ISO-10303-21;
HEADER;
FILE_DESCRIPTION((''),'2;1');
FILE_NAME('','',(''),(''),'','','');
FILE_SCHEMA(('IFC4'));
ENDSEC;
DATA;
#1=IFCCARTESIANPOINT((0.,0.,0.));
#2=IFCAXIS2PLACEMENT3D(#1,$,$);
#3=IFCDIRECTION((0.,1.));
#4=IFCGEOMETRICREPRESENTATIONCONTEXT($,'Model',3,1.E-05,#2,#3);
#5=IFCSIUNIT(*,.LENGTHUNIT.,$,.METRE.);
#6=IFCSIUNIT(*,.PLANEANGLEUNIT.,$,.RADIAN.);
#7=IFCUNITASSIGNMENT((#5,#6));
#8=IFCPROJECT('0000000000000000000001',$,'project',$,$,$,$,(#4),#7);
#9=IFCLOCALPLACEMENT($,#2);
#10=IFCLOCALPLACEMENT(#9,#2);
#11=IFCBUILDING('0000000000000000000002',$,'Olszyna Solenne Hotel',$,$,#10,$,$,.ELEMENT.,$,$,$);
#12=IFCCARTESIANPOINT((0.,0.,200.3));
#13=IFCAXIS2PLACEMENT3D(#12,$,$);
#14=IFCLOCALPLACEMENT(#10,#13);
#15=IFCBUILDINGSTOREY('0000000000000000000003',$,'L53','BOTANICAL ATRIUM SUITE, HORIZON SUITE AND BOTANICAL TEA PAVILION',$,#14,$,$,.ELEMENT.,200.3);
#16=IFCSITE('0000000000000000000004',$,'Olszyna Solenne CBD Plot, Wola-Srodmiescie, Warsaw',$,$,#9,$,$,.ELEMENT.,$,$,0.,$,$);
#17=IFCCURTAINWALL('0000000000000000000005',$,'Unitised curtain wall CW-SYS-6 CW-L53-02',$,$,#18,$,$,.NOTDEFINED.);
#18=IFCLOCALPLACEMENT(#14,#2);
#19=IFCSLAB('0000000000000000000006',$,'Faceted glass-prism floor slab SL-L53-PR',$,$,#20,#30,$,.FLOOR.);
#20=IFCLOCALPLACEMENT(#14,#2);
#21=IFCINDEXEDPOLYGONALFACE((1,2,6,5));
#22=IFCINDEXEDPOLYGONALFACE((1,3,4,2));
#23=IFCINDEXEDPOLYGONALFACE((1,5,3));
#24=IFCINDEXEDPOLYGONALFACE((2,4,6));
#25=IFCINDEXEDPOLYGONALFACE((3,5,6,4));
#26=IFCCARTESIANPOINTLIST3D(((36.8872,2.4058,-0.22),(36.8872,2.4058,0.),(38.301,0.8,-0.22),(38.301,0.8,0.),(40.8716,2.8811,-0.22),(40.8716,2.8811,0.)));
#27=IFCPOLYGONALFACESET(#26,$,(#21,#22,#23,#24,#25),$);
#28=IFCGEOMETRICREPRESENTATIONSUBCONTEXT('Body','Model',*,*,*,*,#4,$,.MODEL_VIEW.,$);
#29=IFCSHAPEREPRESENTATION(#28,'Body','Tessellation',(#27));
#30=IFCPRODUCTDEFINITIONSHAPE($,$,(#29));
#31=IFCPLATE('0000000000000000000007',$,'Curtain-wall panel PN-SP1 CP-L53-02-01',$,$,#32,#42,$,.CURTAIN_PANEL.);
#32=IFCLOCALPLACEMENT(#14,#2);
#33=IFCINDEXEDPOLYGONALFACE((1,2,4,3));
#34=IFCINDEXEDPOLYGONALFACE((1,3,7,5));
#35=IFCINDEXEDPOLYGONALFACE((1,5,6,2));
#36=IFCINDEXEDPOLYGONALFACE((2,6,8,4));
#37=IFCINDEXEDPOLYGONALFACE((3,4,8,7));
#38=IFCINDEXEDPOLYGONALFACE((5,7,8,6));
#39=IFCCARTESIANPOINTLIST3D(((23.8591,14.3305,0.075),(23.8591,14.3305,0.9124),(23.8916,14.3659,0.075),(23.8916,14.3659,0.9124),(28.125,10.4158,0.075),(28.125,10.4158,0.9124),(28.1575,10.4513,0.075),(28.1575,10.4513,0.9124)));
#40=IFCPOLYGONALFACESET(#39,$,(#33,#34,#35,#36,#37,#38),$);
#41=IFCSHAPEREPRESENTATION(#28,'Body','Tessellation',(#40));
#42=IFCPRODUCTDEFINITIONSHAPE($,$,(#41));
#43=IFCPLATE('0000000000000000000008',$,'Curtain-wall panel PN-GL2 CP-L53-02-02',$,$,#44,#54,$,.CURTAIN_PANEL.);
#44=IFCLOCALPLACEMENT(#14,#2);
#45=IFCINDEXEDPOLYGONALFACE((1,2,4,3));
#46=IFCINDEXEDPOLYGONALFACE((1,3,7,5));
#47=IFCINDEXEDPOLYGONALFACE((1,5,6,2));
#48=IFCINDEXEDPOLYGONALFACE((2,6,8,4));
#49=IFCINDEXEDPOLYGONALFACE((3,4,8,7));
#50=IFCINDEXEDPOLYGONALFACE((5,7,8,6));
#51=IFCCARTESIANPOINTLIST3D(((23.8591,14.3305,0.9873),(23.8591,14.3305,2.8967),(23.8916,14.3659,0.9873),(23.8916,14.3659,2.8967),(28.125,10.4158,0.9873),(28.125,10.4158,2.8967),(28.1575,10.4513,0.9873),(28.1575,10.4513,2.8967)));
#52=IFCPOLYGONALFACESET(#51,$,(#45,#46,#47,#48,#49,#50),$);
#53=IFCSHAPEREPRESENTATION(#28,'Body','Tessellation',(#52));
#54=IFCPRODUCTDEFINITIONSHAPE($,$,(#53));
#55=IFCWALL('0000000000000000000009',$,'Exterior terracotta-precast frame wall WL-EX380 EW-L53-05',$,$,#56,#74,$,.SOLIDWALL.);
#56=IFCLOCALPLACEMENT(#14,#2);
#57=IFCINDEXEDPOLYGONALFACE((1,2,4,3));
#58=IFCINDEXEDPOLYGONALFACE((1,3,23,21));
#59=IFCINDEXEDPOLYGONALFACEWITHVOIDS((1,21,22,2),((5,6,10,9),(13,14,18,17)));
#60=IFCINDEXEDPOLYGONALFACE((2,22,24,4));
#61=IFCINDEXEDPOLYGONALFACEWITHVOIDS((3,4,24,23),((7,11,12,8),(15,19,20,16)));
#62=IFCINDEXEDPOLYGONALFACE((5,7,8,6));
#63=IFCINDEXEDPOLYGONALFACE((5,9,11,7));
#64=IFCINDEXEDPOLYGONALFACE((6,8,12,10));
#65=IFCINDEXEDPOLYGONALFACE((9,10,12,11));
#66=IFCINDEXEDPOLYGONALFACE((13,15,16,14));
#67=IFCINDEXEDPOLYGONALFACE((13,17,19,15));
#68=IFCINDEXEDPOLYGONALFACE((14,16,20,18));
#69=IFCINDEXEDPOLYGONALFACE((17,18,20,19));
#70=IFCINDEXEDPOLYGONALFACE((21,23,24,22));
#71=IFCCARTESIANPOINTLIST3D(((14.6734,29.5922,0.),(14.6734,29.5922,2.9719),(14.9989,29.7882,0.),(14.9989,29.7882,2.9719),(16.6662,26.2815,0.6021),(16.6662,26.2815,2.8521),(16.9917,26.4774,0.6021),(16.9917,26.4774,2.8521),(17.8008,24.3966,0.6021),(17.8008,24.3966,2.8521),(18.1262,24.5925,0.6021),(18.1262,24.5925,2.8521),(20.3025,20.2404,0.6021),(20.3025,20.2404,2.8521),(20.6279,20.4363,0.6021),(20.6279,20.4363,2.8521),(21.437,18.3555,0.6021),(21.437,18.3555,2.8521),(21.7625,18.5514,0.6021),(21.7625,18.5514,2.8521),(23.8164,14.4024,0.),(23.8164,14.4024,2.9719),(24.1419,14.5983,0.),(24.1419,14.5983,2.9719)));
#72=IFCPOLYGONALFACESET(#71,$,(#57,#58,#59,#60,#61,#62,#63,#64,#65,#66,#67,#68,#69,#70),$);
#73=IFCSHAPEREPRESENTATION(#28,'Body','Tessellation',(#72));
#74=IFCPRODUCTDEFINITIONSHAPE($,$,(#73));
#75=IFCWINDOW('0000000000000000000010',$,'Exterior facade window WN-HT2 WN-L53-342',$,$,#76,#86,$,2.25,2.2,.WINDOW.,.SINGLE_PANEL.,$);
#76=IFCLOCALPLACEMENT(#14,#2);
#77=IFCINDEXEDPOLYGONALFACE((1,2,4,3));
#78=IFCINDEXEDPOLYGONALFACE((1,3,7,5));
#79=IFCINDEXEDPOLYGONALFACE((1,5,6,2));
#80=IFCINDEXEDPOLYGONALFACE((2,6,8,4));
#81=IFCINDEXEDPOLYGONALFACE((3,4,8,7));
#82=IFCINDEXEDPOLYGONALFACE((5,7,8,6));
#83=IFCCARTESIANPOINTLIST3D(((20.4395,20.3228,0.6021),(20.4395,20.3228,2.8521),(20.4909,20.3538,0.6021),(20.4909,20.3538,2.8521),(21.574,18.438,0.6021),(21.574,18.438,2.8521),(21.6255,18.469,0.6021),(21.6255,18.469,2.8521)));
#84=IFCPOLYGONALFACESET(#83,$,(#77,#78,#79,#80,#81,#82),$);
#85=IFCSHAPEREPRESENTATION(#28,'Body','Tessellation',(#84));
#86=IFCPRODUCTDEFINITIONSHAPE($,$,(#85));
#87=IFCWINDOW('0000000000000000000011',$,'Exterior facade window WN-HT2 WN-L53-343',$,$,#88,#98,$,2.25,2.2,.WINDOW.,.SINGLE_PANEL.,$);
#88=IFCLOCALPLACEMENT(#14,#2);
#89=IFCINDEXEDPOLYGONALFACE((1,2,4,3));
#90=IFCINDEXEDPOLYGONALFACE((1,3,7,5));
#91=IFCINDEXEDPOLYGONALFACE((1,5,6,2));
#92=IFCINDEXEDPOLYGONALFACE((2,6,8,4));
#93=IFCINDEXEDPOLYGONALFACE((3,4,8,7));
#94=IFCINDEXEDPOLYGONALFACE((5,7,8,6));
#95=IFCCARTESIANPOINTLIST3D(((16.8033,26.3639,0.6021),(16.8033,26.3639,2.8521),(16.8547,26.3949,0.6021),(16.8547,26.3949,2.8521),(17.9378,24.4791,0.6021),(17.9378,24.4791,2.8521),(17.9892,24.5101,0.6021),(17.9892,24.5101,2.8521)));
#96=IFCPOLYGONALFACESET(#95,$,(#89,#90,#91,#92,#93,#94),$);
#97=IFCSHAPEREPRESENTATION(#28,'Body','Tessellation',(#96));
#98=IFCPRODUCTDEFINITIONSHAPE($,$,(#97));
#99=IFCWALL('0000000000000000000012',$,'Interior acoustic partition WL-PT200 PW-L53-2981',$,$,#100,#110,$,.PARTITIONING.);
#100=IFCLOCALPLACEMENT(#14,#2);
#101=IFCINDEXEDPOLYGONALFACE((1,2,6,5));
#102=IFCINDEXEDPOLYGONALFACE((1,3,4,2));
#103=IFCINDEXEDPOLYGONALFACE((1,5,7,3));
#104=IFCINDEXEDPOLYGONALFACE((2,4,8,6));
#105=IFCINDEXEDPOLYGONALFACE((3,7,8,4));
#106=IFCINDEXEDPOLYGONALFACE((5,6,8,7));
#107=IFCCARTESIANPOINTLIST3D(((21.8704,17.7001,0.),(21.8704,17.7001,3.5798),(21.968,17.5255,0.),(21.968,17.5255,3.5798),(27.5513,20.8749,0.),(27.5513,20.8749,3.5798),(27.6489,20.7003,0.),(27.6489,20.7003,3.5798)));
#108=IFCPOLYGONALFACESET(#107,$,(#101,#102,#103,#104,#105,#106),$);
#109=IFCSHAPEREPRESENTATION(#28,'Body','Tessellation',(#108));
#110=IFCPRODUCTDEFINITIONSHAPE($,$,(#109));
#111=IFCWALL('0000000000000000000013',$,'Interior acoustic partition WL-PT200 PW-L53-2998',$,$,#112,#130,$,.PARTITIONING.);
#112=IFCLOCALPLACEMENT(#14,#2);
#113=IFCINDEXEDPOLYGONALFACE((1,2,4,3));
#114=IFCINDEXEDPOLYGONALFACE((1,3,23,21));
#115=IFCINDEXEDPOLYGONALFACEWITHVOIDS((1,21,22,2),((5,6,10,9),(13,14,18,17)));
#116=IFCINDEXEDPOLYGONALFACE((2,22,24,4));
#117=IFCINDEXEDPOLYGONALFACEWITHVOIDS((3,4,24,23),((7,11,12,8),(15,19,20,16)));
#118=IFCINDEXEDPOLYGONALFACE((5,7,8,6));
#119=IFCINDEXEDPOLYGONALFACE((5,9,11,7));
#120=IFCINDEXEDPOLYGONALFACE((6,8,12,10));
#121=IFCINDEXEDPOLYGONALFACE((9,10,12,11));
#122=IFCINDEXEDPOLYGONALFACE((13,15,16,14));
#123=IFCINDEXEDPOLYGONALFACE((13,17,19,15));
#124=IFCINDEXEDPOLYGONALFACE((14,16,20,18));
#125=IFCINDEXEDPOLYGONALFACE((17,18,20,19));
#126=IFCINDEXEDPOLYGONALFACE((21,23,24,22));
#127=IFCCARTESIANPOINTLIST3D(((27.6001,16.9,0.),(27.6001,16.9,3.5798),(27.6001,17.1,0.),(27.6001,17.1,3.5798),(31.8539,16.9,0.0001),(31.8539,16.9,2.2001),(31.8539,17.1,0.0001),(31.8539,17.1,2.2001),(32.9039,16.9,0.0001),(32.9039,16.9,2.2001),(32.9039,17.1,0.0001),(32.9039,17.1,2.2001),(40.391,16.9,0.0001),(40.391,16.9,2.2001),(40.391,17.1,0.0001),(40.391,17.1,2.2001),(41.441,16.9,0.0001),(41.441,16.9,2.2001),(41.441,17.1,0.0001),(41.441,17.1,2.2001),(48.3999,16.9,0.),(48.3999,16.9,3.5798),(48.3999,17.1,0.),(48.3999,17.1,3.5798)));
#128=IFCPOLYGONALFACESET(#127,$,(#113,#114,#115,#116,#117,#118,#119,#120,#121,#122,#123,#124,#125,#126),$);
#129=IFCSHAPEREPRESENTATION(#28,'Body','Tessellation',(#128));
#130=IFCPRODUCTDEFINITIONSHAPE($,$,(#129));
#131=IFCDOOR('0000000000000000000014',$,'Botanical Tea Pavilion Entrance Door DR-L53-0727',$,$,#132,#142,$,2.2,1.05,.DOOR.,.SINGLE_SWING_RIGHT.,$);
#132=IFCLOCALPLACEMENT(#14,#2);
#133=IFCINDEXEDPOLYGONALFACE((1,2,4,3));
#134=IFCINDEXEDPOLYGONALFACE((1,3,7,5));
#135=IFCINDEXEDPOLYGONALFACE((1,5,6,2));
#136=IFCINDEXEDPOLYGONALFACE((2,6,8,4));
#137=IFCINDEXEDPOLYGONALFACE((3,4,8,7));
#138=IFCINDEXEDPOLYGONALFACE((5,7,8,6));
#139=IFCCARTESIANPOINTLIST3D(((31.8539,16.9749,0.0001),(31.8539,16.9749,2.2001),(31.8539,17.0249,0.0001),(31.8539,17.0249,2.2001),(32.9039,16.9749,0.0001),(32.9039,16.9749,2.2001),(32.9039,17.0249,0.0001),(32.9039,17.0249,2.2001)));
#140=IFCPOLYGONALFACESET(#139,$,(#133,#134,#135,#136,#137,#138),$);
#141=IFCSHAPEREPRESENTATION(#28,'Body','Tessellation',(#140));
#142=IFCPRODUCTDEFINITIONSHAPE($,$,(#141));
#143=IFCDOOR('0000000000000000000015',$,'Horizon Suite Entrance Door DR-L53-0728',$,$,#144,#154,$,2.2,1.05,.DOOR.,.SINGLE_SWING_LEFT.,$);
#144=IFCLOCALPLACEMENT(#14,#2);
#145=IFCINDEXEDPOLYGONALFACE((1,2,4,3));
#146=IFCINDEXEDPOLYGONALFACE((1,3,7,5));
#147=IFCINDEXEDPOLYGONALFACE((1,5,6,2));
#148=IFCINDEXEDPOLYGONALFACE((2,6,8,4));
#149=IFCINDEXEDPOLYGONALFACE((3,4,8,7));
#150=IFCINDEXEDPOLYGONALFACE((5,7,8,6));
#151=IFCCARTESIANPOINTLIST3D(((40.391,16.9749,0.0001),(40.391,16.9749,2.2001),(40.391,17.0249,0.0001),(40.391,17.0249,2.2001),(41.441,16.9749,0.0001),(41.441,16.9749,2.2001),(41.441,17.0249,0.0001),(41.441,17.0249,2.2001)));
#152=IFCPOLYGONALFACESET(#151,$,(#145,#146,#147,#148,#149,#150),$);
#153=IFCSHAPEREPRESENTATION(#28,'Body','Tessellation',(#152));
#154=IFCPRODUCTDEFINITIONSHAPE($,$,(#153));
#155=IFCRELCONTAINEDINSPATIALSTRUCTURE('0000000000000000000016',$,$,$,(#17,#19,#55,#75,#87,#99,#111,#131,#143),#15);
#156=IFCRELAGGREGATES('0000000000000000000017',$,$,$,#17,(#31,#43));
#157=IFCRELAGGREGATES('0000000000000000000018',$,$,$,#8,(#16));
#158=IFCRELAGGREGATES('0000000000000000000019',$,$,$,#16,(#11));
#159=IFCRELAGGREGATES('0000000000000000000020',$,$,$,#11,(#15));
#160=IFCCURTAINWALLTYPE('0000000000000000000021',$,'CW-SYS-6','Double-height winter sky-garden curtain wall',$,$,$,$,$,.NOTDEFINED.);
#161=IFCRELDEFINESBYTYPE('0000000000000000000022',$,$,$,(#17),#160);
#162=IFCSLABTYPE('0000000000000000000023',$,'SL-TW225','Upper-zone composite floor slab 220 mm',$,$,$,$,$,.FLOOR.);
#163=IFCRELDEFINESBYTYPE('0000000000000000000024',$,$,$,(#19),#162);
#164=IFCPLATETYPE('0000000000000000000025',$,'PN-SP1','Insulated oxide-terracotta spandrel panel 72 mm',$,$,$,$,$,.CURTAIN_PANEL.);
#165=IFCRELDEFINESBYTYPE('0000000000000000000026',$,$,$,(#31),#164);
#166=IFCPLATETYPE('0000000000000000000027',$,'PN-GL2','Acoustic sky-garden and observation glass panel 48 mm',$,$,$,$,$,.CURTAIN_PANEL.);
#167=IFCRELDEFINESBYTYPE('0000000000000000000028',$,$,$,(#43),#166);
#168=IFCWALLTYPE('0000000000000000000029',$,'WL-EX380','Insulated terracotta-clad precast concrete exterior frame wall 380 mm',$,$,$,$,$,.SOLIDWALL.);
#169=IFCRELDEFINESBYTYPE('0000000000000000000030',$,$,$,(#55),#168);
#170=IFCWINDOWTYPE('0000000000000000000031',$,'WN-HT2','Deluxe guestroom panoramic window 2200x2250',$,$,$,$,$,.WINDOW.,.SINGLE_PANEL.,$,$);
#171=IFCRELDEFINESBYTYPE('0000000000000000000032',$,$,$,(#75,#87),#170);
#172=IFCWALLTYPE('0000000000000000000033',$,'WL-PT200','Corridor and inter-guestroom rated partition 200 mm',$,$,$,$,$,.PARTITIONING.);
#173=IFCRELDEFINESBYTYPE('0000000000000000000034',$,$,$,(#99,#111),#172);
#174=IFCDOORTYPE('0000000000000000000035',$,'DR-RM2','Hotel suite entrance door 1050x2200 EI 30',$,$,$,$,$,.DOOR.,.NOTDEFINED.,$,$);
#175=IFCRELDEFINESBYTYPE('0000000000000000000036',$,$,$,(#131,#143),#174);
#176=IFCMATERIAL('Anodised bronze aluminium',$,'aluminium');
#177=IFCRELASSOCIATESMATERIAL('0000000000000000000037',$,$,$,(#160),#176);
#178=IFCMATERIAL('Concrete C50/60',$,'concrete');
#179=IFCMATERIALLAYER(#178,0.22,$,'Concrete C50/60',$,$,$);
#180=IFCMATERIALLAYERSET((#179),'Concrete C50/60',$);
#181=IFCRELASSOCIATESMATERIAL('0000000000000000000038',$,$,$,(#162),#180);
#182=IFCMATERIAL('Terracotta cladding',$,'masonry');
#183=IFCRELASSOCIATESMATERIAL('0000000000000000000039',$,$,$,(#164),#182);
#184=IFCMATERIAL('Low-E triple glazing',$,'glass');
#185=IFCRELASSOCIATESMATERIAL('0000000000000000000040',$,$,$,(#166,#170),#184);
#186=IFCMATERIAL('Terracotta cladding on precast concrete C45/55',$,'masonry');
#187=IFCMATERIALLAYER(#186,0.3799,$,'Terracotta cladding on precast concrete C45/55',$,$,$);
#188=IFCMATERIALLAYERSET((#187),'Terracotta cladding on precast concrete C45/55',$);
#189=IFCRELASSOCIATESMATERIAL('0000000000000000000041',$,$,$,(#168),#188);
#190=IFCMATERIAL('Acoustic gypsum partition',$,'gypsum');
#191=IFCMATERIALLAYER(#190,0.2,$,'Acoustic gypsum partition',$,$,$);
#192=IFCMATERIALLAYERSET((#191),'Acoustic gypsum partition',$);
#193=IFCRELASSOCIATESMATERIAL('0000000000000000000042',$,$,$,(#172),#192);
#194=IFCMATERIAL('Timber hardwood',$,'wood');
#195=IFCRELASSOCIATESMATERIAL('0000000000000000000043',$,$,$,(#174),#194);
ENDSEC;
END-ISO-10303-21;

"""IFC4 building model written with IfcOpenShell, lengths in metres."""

from ifc_helpers import new_model, si_unit, direction, frame, frame_2d, origin, origin_2d, place, context, subcontext, project, spatial, polyline, rectangle, outline, extrude, source, transform, mapped, material, layer, layer_set, type_object, type_shapes, element, fill, aggregate, save


model = new_model("IFC4")

# Units and contexts
model_context = context("Model", 3, precision=1e-05, world=origin(), true_north=direction((0.0, 1.0)))
body_context = subcontext(model_context, "Body", "Model", "MODEL_VIEW")
ifc_project = project(units=[si_unit("LENGTHUNIT", "METRE"), si_unit("PLANEANGLEUNIT", "RADIAN")], contexts=[model_context])

# Site, building, storey
site_placement = place(None, origin())
site = spatial("IfcSite", under=ifc_project, at=site_placement, Name="Olszyna Solenne CBD Plot, Wola-Srodmiescie, Warsaw", CompositionType="ELEMENT", RefElevation=0.0)
building_placement = place(site_placement, origin())
building = spatial("IfcBuilding", under=site, at=building_placement, Name="Olszyna Solenne Hotel", CompositionType="ELEMENT")
storey_placement = place(building_placement, frame((0.0, 0.0, 200.3)))
storey = spatial("IfcBuildingStorey", under=building, at=storey_placement, Name="L53", Description="BOTANICAL ATRIUM SUITE, HORIZON SUITE AND BOTANICAL TEA PAVILION", CompositionType="ELEMENT", Elevation=200.3)

# Curtain wall
ifc_material_1 = material(Name="Anodised bronze aluminium", Category="aluminium")
curtain_wall_type = type_object("IfcCurtainWallType", Name="CW-SYS-6", Description="Double-height winter sky-garden curtain wall", PredefinedType="NOTDEFINED", material=ifc_material_1)
curtain_wall_placement = place(storey_placement, origin())
curtain_wall = element("IfcCurtainWall", 1, at=curtain_wall_placement, inside=storey, type_object=curtain_wall_type, Name="Unitised curtain wall CW-SYS-6 CW-L53-02", PredefinedType="NOTDEFINED")

# Slab
ifc_material_2 = material(Name="Concrete C50/60", Category="concrete")
ifc_layer_1 = layer(ifc_material_2, 0.22, Name="Concrete C50/60")
ifc_layer_set_1 = layer_set([ifc_layer_1], Name="Concrete C50/60")
slab_type_1 = type_object("IfcSlabType", Name="SL-TW225", Description="Upper-zone composite floor slab 220 mm", PredefinedType="FLOOR", material=ifc_layer_set_1)
slab_1_placement = place(storey_placement, frame((0.0, 0.0, -0.22)))
element("IfcSlab", 2, at=slab_1_placement, inside=storey, type_object=slab_type_1, Name="Faceted glass-prism floor slab SL-L53-PR", PredefinedType="FLOOR", context=body_context, shape_type="SweptSolid", body=[
    extrude(outline(polyline([(40.8716, 2.8811), (36.8872, 2.4058), (38.301, 0.8), (40.8716, 2.8811)])), origin(), (0.0, 0.0, 1.0), 0.22),
])

# Plates
ifc_material_3 = material(Name="Terracotta cladding", Category="masonry")
plate_type_1 = type_object("IfcPlateType", Name="PN-SP1", Description="Insulated oxide-terracotta spandrel panel 72 mm", PredefinedType="CURTAIN_PANEL", material=ifc_material_3)
shared_shape_1 = source(origin(), body_context, "Body", "SweptSolid", [
    extrude(rectangle(XDim=5.7898, YDim=0.0481, at=origin_2d()), origin(), (0.0, 0.0, 1.0), 0.8374),
])
plate_1_placement = place(storey_placement, frame((26.0083, 12.3909, 0.075), z_axis=(0.0, 0.0, 1.0), x_axis=(0.736784, -0.676128, 0.0)))
plate_1 = element("IfcPlate", 3, at=plate_1_placement, type_object=plate_type_1, Name="Curtain-wall panel PN-SP1 CP-L53-02-01", PredefinedType="CURTAIN_PANEL", context=body_context, shape_type="MappedRepresentation", body=[
    mapped(shared_shape_1, transform((0.0, 0.0, 0.0), x_axis=(1.0, 0.0, 0.0), y_axis=(0.0, 1.0, 0.0), z_axis=(0.0, 0.0, 1.0), scale=1.0)),
])
ifc_material_4 = material(Name="Low-E triple glazing", Category="glass")
plate_type_2 = type_object("IfcPlateType", Name="PN-GL2", Description="Acoustic sky-garden and observation glass panel 48 mm", PredefinedType="CURTAIN_PANEL", material=ifc_material_4)
shared_shape_2 = source(origin(), body_context, "Body", "SweptSolid", [
    extrude(rectangle(XDim=5.7898, YDim=0.0481, at=origin_2d()), origin(), (0.0, 0.0, 1.0), 1.9094),
])
plate_2_placement = place(storey_placement, frame((26.0083, 12.3909, 0.9873), z_axis=(0.0, 0.0, 1.0), x_axis=(0.736784, -0.676128, 0.0)))
plate_2 = element("IfcPlate", 4, at=plate_2_placement, type_object=plate_type_2, Name="Curtain-wall panel PN-GL2 CP-L53-02-02", PredefinedType="CURTAIN_PANEL", context=body_context, shape_type="MappedRepresentation", body=[
    mapped(shared_shape_2, transform((0.0, 0.0, 0.0), x_axis=(1.0, 0.0, 0.0), y_axis=(0.0, 1.0, 0.0), z_axis=(0.0, 0.0, 1.0), scale=1.0)),
])
aggregate(curtain_wall, [plate_1, plate_2])

# Wall, openings, windows
ifc_material_5 = material(Name="Terracotta cladding on precast concrete C45/55", Category="masonry")
ifc_layer_2 = layer(ifc_material_5, 0.3799, Name="Terracotta cladding on precast concrete C45/55")
ifc_layer_set_2 = layer_set([ifc_layer_2], Name="Terracotta cladding on precast concrete C45/55")
wall_type_1 = type_object("IfcWallType", Name="WL-EX380", Description="Insulated terracotta-clad precast concrete exterior frame wall 380 mm", PredefinedType="SOLIDWALL", material=ifc_layer_set_2)
wall_1_placement = place(storey_placement, frame((23.9792, 14.5002, 0.0), z_axis=(0.0, 0.0, 1.0), x_axis=(-0.515702, 0.856768, 0.0)))
wall_1 = element("IfcWall", 5, at=wall_1_placement, inside=storey, type_object=wall_type_1, Name="Exterior terracotta-precast frame wall WL-EX380 EW-L53-05", PredefinedType="SOLIDWALL", context=body_context, shape_type="SweptSolid", body=[
    extrude(rectangle(XDim=17.7292, YDim=0.3799, at=frame_2d((8.8647, 0.0))), origin(), (0.0, 0.0, 1.0), 2.9719),
])
opening_1_placement = place(wall_1_placement, frame((4.614, 0.0, 0.6021)))
opening_1 = element("IfcOpeningElement", 6, at=opening_1_placement, cuts=wall_1, PredefinedType="OPENING", context=body_context, shape_type="SweptSolid", body=[
    extrude(rectangle(XDim=2.2, YDim=2.25, at=frame_2d((1.1001, 1.125))), frame((0.0, 0.2, 0.0), z_axis=(0.0, -1.0, 0.0), x_axis=(1.0, 0.0, 0.0)), (0.0, 0.0, 1.0), 0.3999),
])
opening_2_placement = place(wall_1_placement, frame((11.665, 0.0, 0.6021)))
opening_2 = element("IfcOpeningElement", 7, at=opening_2_placement, cuts=wall_1, PredefinedType="OPENING", context=body_context, shape_type="SweptSolid", body=[
    extrude(rectangle(XDim=2.2, YDim=2.25, at=frame_2d((1.1001, 1.125))), frame((0.0, 0.2, 0.0), z_axis=(0.0, -1.0, 0.0), x_axis=(1.0, 0.0, 0.0)), (0.0, 0.0, 1.0), 0.3999),
])
window_type = type_object("IfcWindowType", Name="WN-HT2", Description="Deluxe guestroom panoramic window 2200x2250", PartitioningType="SINGLE_PANEL", PredefinedType="WINDOW", material=ifc_material_4)
shared_shape_3 = source(origin(), body_context, "Body", "SweptSolid", [
    extrude(rectangle(XDim=2.2, YDim=2.25, at=frame_2d((1.1001, 1.125))), frame((0.0, 0.03, 0.0), z_axis=(0.0, -1.0, 0.0), x_axis=(1.0, 0.0, 0.0)), (0.0, 0.0, 1.0), 0.0601),
])
type_shapes(window_type, [shared_shape_3])
window_1_placement = place(opening_1_placement, origin())
window_1 = element("IfcWindow", 8, at=window_1_placement, inside=storey, type_object=window_type, Name="Exterior facade window WN-HT2 WN-L53-342", OverallHeight=2.25, OverallWidth=2.2, PartitioningType="SINGLE_PANEL", PredefinedType="WINDOW", context=body_context, shape_type="MappedRepresentation", body=[
    mapped(shared_shape_3, transform((0.0, 0.0, 0.0), x_axis=(1.0, 0.0, 0.0), y_axis=(0.0, 1.0, 0.0), z_axis=(0.0, 0.0, 1.0), scale=1.0)),
])
fill(opening_1, window_1)
window_2_placement = place(opening_2_placement, origin())
window_2 = element("IfcWindow", 9, at=window_2_placement, inside=storey, type_object=window_type, Name="Exterior facade window WN-HT2 WN-L53-343", OverallHeight=2.25, OverallWidth=2.2, PartitioningType="SINGLE_PANEL", PredefinedType="WINDOW", context=body_context, shape_type="MappedRepresentation", body=[
    mapped(shared_shape_3, transform((0.0, 0.0, 0.0), x_axis=(1.0, 0.0, 0.0), y_axis=(0.0, 1.0, 0.0), z_axis=(0.0, 0.0, 1.0), scale=1.0)),
])
fill(opening_2, window_2)

# Wall
ifc_material_6 = material(Name="Acoustic gypsum partition", Category="gypsum")
ifc_layer_3 = layer(ifc_material_6, 0.2, Name="Acoustic gypsum partition")
ifc_layer_set_3 = layer_set([ifc_layer_3], Name="Acoustic gypsum partition")
wall_type_2 = type_object("IfcWallType", Name="WL-PT200", Description="Corridor and inter-guestroom rated partition 200 mm", PredefinedType="PARTITIONING", material=ifc_layer_set_3)
wall_2_placement = place(storey_placement, frame((27.6001, 20.7876, 0.0), z_axis=(0.0, 0.0, 1.0), x_axis=(-0.872932, -0.487842, 0.0)))
element("IfcWall", 10, at=wall_2_placement, inside=storey, type_object=wall_type_2, Name="Interior acoustic partition WL-PT200 PW-L53-2981", PredefinedType="PARTITIONING", context=body_context, shape_type="SweptSolid", body=[
    extrude(rectangle(XDim=6.5078, YDim=0.2, at=frame_2d((3.2539, 0.0))), origin(), (0.0, 0.0, 1.0), 3.5798),
])

# Wall, openings, doors
wall_3_placement = place(storey_placement, frame((27.6001, 17.0, 0.0), z_axis=(0.0, 0.0, 1.0), x_axis=(1.0, 0.0, 0.0)))
wall_3 = element("IfcWall", 11, at=wall_3_placement, inside=storey, type_object=wall_type_2, Name="Interior acoustic partition WL-PT200 PW-L53-2998", PredefinedType="PARTITIONING", context=body_context, shape_type="SweptSolid", body=[
    extrude(rectangle(XDim=20.7998, YDim=0.2, at=frame_2d((10.3999, 0.0))), origin(), (0.0, 0.0, 1.0), 3.5798),
])
opening_3_placement = place(wall_3_placement, frame((4.2539, 0.0, 0.0)))
opening_3 = element("IfcOpeningElement", 12, at=opening_3_placement, cuts=wall_3, PredefinedType="OPENING", context=body_context, shape_type="SweptSolid", body=[
    extrude(rectangle(XDim=1.05, YDim=2.2, at=frame_2d((0.5249, 1.1001))), frame((0.0, 0.1099, 0.0), z_axis=(0.0, -1.0, 0.0), x_axis=(1.0, 0.0, 0.0)), (0.0, 0.0, 1.0), 0.22),
])
opening_4_placement = place(wall_3_placement, frame((12.791, 0.0, 0.0)))
opening_4 = element("IfcOpeningElement", 13, at=opening_4_placement, cuts=wall_3, PredefinedType="OPENING", context=body_context, shape_type="SweptSolid", body=[
    extrude(rectangle(XDim=1.05, YDim=2.2, at=frame_2d((0.5249, 1.1001))), frame((0.0, 0.1099, 0.0), z_axis=(0.0, -1.0, 0.0), x_axis=(1.0, 0.0, 0.0)), (0.0, 0.0, 1.0), 0.22),
])
ifc_material_7 = material(Name="Timber hardwood", Category="wood")
door_type_1 = type_object("IfcDoorType", Name="DR-RM2", Description="Hotel suite entrance door 1050x2200 EI 30", OperationType="NOTDEFINED", PredefinedType="DOOR", material=ifc_material_7)
shared_shape_4 = source(origin(), body_context, "Body", "SweptSolid", [
    extrude(rectangle(XDim=1.05, YDim=2.2, at=frame_2d((0.5249, 1.1001))), frame((0.0, 0.0249, 0.0), z_axis=(0.0, -1.0, 0.0), x_axis=(1.0, 0.0, 0.0)), (0.0, 0.0, 1.0), 0.05),
])
type_shapes(door_type_1, [shared_shape_4])
door_1_placement = place(opening_3_placement, origin())
door_1 = element("IfcDoor", 14, at=door_1_placement, inside=storey, type_object=door_type_1, Name="Botanical Tea Pavilion Entrance Door DR-L53-0727", OperationType="SINGLE_SWING_RIGHT", OverallHeight=2.2, OverallWidth=1.05, PredefinedType="DOOR", context=body_context, shape_type="MappedRepresentation", body=[
    mapped(shared_shape_4, transform((0.0, 0.0, 0.0), x_axis=(1.0, 0.0, 0.0), y_axis=(0.0, 1.0, 0.0), z_axis=(0.0, 0.0, 1.0), scale=1.0)),
])
fill(opening_3, door_1)
door_2_placement = place(opening_4_placement, origin())
door_2 = element("IfcDoor", 15, at=door_2_placement, inside=storey, type_object=door_type_1, Name="Horizon Suite Entrance Door DR-L53-0728", OperationType="SINGLE_SWING_LEFT", OverallHeight=2.2, OverallWidth=1.05, PredefinedType="DOOR", context=body_context, shape_type="MappedRepresentation", body=[
    mapped(shared_shape_4, transform((0.0, 0.0, 0.0), x_axis=(1.0, 0.0, 0.0), y_axis=(0.0, 1.0, 0.0), z_axis=(0.0, 0.0, 1.0), scale=1.0)),
])
fill(opening_4, door_2)

save(model, "model.ifc")
